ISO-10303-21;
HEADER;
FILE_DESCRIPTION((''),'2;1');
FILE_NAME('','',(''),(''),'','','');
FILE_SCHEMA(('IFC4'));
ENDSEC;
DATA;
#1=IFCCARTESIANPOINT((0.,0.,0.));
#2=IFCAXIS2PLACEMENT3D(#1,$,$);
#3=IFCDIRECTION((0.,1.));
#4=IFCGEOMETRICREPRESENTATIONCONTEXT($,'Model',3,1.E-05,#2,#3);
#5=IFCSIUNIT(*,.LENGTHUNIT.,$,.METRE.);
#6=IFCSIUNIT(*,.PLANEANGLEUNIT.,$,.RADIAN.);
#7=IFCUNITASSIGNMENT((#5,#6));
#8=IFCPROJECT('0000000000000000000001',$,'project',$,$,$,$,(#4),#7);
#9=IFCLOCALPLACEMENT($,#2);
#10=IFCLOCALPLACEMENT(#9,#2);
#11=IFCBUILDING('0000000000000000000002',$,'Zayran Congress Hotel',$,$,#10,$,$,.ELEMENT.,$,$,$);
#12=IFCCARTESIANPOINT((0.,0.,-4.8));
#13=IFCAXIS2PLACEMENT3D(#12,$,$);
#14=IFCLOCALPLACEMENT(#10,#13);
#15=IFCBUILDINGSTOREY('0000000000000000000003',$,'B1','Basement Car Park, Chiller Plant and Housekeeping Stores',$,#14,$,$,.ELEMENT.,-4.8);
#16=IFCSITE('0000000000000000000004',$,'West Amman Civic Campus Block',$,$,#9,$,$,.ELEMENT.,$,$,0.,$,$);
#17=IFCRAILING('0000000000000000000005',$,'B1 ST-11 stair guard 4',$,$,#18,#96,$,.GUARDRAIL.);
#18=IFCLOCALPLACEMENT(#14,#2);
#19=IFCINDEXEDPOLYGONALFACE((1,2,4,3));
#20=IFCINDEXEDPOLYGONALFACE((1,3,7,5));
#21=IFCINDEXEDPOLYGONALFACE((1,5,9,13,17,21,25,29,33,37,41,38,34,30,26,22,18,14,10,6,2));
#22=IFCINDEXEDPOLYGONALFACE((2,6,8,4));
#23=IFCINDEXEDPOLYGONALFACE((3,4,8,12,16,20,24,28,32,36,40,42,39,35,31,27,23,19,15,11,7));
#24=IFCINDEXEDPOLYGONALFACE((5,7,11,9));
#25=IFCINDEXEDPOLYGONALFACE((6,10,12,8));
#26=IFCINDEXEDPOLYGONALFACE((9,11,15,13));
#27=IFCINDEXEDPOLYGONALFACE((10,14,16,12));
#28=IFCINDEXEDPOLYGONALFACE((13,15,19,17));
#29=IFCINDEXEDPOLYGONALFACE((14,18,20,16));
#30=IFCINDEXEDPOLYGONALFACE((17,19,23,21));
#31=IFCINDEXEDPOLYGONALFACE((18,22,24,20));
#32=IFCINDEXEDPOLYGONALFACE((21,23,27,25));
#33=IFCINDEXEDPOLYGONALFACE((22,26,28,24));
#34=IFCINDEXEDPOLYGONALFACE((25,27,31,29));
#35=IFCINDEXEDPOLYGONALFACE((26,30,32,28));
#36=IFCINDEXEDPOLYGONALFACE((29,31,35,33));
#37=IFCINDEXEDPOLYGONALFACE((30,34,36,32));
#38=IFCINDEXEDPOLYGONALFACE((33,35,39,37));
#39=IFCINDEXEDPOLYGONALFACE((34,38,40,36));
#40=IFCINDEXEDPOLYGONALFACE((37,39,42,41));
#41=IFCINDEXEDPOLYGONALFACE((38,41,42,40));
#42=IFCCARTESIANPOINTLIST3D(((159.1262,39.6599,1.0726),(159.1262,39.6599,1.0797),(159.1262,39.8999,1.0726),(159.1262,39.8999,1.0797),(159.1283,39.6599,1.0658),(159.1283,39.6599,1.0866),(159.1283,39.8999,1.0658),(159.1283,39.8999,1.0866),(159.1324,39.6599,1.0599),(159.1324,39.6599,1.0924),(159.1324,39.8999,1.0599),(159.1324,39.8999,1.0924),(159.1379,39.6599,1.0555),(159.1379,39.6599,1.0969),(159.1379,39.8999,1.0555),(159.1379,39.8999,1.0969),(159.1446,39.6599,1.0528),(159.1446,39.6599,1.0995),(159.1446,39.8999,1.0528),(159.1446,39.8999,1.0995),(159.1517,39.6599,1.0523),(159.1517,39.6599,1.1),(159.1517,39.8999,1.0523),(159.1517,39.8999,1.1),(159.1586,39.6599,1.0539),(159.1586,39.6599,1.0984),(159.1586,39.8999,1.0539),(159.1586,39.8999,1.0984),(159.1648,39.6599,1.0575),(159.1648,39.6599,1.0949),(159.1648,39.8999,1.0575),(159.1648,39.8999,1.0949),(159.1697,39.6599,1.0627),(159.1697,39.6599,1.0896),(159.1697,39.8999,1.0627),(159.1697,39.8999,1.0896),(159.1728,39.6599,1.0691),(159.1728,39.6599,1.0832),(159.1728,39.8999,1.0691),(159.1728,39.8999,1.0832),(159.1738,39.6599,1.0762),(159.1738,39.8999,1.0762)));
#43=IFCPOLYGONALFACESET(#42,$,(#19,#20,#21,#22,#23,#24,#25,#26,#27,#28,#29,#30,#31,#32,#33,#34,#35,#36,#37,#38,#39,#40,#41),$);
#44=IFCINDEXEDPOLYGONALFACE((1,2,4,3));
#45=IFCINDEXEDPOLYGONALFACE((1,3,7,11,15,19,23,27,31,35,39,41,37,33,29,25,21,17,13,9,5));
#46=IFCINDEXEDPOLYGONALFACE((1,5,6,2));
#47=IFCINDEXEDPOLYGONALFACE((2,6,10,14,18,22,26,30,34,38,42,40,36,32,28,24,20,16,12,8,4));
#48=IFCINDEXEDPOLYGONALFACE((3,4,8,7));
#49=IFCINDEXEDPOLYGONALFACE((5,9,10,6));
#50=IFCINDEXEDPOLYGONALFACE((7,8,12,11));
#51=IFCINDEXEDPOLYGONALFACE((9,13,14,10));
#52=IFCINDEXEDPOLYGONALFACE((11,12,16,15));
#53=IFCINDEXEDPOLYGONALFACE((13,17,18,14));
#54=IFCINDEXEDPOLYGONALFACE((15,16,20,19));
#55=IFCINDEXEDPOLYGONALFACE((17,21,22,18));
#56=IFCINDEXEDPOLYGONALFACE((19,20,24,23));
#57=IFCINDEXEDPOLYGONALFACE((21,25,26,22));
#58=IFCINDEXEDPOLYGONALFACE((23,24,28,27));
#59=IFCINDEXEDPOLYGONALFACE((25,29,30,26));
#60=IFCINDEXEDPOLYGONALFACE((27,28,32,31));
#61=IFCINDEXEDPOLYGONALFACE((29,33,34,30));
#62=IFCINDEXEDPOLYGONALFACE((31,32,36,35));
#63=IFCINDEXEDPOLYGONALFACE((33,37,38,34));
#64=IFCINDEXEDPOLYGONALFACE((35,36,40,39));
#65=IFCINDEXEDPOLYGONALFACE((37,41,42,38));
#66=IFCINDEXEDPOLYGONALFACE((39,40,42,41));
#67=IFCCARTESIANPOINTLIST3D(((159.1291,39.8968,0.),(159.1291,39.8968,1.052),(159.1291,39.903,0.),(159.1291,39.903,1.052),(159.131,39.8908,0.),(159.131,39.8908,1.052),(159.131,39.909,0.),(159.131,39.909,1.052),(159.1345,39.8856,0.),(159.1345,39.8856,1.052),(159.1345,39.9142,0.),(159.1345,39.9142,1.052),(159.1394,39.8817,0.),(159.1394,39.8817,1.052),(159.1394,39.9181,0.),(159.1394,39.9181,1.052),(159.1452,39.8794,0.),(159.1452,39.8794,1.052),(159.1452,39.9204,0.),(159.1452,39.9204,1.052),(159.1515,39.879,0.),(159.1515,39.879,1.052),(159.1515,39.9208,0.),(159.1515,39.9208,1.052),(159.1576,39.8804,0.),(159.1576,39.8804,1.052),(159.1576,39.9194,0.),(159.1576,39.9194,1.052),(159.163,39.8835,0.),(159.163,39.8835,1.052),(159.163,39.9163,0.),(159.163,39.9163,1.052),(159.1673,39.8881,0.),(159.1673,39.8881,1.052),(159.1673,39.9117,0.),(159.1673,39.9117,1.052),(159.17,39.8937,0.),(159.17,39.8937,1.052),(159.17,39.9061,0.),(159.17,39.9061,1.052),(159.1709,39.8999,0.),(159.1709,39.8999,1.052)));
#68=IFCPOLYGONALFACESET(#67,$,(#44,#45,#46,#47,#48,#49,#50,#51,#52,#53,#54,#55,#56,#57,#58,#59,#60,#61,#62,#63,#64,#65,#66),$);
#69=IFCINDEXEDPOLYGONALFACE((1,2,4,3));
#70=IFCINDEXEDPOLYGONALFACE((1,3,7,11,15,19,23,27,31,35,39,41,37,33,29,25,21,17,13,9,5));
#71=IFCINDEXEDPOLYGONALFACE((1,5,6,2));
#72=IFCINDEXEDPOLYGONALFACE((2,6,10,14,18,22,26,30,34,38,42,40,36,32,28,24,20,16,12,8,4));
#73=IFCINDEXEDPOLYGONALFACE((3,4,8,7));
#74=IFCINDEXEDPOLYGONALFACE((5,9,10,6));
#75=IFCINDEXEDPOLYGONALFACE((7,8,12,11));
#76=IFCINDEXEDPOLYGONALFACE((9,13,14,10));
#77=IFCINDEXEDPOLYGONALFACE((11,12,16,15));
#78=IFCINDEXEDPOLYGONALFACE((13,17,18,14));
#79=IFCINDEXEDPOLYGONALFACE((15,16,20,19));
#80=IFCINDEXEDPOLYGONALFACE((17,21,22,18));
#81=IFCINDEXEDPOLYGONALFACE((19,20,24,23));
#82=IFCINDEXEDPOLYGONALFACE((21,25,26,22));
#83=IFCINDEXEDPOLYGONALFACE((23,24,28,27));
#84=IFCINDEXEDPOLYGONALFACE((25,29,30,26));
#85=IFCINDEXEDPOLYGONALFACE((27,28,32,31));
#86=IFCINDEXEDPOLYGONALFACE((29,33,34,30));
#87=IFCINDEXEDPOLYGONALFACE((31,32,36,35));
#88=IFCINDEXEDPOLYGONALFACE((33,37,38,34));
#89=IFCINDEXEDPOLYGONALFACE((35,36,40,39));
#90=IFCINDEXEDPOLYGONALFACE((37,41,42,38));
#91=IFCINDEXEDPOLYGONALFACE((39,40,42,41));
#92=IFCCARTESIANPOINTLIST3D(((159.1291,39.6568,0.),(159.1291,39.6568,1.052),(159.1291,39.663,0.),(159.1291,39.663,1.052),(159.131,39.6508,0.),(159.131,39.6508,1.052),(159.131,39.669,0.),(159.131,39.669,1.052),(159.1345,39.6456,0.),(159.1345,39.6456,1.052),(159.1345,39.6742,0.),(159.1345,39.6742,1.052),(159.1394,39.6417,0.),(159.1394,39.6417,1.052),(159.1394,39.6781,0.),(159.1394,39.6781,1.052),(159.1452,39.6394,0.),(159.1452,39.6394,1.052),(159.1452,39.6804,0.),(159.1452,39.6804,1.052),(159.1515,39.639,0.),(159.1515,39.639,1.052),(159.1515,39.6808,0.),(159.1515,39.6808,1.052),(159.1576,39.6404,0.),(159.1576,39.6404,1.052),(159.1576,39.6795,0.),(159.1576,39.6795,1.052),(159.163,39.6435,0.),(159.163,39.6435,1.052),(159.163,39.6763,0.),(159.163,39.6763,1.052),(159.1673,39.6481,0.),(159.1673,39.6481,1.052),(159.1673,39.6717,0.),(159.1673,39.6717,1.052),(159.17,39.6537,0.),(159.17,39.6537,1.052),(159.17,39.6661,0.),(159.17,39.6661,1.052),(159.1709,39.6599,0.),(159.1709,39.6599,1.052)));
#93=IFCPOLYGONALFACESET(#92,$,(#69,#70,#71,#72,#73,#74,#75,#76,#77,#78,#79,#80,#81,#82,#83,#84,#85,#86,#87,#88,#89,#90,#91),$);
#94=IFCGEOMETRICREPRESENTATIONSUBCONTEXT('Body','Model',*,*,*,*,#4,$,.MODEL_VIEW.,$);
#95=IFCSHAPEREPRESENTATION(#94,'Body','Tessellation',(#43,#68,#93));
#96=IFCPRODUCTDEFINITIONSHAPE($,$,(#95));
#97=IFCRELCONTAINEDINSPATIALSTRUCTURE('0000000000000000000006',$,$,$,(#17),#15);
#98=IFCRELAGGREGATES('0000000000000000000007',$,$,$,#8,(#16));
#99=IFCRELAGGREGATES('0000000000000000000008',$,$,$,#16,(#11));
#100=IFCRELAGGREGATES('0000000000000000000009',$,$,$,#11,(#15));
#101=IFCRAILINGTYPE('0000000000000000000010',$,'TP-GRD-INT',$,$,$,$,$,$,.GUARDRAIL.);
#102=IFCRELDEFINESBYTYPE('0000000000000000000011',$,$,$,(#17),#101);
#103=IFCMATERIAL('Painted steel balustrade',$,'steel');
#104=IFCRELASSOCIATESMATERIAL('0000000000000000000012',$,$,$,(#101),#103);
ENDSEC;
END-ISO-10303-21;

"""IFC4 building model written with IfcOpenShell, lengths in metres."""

from ifc_helpers import new_model, si_unit, direction, frame, origin, origin_2d, place, context, subcontext, project, spatial, circle, extrude, material, type_object, element, save


model = new_model("IFC4")

# Units and contexts
model_context = context("Model", 3, precision=1e-05, world=origin(), true_north=direction((0.0, 1.0)))
body_context = subcontext(model_context, "Body", "Model", "MODEL_VIEW")
ifc_project = project(units=[si_unit("LENGTHUNIT", "METRE"), si_unit("PLANEANGLEUNIT", "RADIAN")], contexts=[model_context])

# Site, building, storey
site_placement = place(None, origin())
site = spatial("IfcSite", under=ifc_project, at=site_placement, Name="West Amman Civic Campus Block", CompositionType="ELEMENT", RefElevation=0.0)
building_placement = place(site_placement, origin())
building = spatial("IfcBuilding", under=site, at=building_placement, Name="Zayran Congress Hotel", CompositionType="ELEMENT")
storey_placement = place(building_placement, frame((0.0, 0.0, -4.8)))
storey = spatial("IfcBuildingStorey", under=building, at=storey_placement, Name="B1", Description="Basement Car Park, Chiller Plant and Housekeeping Stores", CompositionType="ELEMENT", Elevation=-4.8)

# Railing
ifc_material_1 = material(Name="Painted steel balustrade", Category="steel")
railing_type_1 = type_object("IfcRailingType", Name="TP-GRD-INT", PredefinedType="GUARDRAIL", material=ifc_material_1)
railing_1_placement = place(storey_placement, frame((159.1499, 39.8999, 0.0)))
element("IfcRailing", 1, at=railing_1_placement, inside=storey, type_object=railing_type_1, Name="B1 ST-11 stair guard 4", PredefinedType="GUARDRAIL", context=body_context, shape_type="SweptSolid", body=[
    extrude(circle(Radius=0.0239, at=origin_2d()), frame((0.0, 0.0, 1.0762), z_axis=(0.0, -1.0, 0.0), x_axis=(1.0, 0.0, 0.0)), (0.0, 0.0, 1.0), 0.24),
    extrude(circle(Radius=0.021, at=origin_2d()), origin(), (0.0, 0.0, 1.0), 1.052),
    extrude(circle(Radius=0.021, at=origin_2d()), frame((0.0, -0.24, 0.0)), (0.0, 0.0, 1.0), 1.052),
])

save(model, "model.ifc")
